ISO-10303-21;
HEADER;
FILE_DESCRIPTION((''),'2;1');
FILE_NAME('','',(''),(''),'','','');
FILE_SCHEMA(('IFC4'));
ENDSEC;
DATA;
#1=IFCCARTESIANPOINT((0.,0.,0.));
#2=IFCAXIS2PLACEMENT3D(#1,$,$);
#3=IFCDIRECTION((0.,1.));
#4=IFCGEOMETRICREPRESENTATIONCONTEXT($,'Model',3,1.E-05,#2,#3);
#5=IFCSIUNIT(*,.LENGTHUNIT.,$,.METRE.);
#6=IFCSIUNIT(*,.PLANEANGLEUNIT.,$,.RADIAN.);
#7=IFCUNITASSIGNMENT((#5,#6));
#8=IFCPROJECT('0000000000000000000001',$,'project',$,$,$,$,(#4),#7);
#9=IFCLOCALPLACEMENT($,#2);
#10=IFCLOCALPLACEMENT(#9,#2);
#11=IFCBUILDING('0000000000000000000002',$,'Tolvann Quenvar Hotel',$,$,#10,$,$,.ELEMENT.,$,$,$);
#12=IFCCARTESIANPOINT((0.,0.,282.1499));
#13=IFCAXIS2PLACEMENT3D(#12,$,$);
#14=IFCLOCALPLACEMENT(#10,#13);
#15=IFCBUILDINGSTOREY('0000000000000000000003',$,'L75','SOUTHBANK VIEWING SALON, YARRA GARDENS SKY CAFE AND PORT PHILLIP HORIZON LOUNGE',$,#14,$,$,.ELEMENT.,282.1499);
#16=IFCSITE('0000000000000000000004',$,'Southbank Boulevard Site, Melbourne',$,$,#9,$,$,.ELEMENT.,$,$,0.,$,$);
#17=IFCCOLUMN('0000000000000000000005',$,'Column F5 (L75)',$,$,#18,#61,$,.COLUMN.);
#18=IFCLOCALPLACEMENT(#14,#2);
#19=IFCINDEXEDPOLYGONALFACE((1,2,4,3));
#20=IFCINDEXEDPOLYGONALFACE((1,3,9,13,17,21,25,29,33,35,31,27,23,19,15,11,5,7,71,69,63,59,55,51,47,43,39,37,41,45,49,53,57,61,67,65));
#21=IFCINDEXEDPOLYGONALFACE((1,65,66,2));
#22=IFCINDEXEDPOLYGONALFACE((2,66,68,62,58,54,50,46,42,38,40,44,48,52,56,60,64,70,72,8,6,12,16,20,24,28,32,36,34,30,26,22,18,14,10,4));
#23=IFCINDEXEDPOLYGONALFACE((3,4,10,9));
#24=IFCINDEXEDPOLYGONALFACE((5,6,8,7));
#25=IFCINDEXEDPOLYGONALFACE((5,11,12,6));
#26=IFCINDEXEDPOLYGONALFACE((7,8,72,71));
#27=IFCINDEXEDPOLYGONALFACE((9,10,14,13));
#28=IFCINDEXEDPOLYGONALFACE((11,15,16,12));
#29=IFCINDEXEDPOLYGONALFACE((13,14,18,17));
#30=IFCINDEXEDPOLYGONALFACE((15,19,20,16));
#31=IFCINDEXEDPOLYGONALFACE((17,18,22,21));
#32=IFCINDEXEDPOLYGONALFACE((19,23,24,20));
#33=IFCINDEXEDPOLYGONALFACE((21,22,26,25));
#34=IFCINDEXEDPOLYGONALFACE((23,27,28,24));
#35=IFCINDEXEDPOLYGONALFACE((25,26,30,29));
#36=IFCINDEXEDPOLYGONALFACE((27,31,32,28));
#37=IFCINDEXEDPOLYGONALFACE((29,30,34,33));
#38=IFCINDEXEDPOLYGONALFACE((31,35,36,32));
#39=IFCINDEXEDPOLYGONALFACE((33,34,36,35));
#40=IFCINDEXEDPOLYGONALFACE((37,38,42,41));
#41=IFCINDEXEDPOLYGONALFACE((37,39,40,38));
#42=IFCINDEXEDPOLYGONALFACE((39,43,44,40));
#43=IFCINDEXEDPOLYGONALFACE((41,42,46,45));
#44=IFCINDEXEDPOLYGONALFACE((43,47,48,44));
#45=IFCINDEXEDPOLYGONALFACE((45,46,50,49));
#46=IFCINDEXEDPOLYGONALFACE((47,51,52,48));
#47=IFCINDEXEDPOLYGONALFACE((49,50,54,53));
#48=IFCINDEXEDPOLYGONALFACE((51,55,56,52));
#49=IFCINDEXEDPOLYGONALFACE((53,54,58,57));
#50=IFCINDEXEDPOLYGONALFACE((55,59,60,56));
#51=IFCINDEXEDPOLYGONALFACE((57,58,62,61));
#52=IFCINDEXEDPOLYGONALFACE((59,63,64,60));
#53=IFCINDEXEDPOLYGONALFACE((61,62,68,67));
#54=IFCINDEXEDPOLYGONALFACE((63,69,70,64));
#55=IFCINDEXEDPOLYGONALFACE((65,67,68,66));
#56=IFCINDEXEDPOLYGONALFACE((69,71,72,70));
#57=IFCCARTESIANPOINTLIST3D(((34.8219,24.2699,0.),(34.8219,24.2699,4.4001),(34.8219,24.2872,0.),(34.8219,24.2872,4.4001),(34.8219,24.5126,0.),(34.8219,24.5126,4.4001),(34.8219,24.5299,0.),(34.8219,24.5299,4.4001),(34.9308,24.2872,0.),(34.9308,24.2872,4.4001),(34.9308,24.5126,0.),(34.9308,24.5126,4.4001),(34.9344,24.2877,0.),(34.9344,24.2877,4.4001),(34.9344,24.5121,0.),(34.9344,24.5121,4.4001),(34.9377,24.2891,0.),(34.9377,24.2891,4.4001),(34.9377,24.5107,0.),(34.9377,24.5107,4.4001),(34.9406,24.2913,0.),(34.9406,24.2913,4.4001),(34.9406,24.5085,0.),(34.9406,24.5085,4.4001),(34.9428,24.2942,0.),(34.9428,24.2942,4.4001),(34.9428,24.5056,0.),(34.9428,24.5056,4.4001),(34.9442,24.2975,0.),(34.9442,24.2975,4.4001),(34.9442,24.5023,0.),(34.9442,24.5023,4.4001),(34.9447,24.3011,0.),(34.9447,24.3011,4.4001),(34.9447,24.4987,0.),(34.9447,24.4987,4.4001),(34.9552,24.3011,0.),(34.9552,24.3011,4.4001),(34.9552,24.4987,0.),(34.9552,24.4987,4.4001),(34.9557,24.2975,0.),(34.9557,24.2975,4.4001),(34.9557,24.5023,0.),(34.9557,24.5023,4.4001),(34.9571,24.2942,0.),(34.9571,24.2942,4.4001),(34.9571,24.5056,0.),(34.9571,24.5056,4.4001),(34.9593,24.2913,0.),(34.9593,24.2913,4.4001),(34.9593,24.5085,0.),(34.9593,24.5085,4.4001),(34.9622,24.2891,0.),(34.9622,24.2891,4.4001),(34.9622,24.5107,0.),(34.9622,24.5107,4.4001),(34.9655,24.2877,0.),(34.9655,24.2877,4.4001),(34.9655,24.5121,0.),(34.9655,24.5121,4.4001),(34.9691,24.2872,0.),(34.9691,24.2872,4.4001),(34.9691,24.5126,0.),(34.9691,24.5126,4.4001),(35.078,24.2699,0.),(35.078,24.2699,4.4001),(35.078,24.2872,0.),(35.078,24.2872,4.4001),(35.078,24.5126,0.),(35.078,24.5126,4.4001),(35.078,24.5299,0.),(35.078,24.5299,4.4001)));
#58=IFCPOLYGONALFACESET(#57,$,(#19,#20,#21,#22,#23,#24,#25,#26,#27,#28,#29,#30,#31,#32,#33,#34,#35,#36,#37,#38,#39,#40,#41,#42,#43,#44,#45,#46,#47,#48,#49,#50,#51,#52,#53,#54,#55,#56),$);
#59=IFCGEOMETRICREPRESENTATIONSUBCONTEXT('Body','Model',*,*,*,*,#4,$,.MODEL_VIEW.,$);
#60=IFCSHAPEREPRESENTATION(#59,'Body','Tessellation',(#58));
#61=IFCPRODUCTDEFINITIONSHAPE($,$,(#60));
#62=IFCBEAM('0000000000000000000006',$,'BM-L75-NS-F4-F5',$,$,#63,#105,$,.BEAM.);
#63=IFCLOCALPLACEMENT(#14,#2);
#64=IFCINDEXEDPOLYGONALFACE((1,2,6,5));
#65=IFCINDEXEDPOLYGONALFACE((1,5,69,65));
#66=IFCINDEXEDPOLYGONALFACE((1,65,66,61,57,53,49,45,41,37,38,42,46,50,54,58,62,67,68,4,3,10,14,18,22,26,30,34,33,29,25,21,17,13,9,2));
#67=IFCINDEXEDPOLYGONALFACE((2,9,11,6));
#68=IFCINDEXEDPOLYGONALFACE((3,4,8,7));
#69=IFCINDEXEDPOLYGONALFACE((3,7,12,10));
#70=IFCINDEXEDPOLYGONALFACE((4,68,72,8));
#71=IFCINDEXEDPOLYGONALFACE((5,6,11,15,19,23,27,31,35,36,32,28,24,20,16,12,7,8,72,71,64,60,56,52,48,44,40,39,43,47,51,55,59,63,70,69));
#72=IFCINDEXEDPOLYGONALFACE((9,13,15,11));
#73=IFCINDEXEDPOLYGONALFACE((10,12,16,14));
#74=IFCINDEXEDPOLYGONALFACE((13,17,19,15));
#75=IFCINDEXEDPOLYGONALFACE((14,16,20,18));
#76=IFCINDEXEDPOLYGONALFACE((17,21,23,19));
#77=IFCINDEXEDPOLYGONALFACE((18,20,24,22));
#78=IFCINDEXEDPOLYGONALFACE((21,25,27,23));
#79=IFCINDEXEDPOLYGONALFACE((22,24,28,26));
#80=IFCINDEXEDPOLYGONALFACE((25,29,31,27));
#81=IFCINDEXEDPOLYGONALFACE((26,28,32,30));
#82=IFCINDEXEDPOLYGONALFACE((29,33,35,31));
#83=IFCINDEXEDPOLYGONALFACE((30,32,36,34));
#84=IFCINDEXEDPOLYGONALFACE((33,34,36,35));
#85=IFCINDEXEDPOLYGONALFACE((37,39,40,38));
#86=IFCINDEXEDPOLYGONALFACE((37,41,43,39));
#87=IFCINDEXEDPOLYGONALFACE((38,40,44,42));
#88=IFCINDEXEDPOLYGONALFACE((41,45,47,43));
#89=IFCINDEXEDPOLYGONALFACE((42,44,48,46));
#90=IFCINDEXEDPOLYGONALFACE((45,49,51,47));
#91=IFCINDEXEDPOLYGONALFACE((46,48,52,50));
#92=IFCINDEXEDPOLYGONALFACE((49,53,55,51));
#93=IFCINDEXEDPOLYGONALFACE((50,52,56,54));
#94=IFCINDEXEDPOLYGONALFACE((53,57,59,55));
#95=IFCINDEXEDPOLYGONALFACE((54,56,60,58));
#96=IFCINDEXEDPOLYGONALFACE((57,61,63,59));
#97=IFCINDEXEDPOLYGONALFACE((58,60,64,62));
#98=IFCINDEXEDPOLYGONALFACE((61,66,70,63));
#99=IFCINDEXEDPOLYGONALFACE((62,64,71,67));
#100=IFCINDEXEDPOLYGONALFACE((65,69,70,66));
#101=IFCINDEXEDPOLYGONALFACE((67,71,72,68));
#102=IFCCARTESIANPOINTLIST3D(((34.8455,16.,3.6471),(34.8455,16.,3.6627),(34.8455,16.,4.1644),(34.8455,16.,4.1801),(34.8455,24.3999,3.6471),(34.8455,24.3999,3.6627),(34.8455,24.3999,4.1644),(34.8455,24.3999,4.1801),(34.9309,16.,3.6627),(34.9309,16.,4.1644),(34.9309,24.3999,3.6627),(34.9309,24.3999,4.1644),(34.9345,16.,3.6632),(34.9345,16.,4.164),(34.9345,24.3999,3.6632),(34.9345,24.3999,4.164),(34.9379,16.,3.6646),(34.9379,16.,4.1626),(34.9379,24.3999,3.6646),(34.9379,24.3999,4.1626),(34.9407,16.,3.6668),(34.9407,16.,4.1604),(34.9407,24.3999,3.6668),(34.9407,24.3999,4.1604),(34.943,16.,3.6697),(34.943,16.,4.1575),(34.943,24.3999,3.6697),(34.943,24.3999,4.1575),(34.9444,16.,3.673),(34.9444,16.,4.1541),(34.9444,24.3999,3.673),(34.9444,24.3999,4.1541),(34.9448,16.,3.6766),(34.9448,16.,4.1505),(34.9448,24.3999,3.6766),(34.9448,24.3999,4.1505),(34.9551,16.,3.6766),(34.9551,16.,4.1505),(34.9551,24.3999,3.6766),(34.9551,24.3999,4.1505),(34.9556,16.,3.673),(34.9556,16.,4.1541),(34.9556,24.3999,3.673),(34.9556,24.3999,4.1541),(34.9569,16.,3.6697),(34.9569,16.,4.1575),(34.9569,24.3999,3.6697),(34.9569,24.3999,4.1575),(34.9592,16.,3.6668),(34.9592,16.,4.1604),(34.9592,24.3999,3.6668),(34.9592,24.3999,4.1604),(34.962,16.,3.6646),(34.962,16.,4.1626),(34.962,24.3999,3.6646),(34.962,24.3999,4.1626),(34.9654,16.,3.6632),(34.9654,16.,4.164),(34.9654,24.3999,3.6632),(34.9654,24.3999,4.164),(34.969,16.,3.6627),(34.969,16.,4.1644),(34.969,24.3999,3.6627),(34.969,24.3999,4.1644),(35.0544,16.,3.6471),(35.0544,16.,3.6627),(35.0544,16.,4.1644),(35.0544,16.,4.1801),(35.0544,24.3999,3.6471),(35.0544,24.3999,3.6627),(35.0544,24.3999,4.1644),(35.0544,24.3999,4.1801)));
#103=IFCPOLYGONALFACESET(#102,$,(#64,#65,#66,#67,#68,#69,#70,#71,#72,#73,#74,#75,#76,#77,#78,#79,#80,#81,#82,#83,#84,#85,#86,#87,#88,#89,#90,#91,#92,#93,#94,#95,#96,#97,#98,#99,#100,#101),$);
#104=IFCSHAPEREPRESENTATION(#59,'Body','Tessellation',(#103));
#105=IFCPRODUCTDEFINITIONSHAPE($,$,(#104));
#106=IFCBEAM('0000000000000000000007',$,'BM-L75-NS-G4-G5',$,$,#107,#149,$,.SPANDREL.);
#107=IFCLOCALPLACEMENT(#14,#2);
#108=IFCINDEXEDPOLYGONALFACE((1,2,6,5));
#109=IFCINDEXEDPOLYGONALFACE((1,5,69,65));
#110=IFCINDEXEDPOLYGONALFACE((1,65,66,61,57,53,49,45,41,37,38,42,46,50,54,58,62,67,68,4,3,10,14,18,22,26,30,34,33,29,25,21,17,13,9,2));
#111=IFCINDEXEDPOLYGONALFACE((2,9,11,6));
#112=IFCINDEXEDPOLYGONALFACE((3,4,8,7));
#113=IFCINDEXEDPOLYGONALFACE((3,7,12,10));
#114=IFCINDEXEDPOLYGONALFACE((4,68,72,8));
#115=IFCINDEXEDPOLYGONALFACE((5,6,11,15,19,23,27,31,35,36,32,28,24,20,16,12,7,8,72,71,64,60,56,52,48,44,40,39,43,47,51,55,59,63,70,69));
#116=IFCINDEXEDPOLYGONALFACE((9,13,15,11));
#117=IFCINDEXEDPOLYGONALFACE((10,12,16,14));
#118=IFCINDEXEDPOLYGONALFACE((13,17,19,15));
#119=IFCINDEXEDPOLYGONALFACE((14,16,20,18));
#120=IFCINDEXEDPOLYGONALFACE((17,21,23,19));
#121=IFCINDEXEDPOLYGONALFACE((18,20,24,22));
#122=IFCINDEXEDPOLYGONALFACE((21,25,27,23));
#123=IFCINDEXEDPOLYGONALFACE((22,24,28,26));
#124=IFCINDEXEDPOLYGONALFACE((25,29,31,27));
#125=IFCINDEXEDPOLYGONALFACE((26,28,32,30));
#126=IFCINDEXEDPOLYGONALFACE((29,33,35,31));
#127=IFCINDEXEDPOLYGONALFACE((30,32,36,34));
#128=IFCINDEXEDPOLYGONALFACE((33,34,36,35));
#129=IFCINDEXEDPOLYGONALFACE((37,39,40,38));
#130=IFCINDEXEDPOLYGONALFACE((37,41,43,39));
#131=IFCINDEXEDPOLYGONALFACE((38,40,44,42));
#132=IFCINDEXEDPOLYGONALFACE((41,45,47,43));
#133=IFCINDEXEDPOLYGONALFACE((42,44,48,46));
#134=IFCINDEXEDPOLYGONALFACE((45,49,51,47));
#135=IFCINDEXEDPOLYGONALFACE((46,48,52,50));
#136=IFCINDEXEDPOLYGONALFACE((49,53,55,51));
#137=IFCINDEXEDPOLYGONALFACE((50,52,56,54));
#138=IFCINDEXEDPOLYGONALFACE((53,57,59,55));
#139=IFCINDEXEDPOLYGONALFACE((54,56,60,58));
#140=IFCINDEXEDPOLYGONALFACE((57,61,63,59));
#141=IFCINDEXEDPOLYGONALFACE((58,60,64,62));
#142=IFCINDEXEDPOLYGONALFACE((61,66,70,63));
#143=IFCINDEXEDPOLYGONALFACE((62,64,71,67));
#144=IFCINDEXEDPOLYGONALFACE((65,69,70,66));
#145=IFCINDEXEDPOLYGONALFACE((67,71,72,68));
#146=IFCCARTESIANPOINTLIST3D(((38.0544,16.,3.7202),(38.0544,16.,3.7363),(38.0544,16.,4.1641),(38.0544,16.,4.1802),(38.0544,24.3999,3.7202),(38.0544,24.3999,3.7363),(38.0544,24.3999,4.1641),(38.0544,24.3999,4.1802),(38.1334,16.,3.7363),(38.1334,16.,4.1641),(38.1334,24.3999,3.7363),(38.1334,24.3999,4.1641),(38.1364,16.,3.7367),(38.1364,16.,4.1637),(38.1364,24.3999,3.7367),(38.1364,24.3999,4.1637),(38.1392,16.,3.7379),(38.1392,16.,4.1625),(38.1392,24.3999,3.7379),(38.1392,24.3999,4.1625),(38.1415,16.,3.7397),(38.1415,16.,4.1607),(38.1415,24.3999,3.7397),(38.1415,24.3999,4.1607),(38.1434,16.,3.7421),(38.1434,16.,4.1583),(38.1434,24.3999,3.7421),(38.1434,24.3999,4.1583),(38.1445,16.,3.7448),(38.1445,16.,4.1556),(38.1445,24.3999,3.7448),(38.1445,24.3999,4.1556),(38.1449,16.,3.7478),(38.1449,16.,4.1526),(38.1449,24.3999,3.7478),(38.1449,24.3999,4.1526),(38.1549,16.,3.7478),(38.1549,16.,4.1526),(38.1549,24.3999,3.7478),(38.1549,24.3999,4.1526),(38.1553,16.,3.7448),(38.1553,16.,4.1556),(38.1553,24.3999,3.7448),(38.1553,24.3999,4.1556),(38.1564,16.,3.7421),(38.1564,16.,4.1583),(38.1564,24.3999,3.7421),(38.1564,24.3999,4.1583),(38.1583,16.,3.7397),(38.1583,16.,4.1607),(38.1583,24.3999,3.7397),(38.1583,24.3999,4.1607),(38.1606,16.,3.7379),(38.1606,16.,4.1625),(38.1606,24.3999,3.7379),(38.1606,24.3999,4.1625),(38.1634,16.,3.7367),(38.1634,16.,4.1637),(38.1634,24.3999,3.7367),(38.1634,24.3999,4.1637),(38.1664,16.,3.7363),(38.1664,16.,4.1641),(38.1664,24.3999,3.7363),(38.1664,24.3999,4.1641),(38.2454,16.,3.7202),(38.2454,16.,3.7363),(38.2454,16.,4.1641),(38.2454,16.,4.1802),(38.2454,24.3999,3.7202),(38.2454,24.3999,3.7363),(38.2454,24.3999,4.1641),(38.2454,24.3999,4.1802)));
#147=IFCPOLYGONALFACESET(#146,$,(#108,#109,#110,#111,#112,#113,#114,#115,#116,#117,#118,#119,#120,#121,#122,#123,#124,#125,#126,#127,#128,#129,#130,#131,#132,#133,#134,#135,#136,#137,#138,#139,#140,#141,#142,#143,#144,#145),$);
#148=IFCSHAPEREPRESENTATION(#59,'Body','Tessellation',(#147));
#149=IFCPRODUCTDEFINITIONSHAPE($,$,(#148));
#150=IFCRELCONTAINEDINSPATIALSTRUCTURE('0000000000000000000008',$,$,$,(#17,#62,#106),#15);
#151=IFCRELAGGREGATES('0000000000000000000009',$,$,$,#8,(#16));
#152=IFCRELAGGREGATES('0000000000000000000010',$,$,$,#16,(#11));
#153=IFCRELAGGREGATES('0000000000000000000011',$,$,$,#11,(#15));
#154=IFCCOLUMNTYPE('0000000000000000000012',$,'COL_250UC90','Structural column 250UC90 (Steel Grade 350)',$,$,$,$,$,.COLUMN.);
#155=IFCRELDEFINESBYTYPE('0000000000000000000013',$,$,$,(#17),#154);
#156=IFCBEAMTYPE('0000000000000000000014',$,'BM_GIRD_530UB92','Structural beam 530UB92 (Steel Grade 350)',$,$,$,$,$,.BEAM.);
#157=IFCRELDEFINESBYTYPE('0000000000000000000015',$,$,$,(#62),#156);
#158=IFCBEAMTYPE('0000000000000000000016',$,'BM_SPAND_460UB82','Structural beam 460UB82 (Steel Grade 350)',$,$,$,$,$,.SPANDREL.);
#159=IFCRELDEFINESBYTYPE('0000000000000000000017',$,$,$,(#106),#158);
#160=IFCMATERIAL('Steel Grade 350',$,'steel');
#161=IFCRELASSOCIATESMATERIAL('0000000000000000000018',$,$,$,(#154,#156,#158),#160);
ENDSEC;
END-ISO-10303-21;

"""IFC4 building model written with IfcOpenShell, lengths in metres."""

from ifc_helpers import new_model, si_unit, direction, frame, origin, origin_2d, place, context, subcontext, project, spatial, i_section, extrude, source, transform, mapped, material, material_profile, profile_set, type_object, type_shapes, element, save


model = new_model("IFC4")

# Units and contexts
model_context = context("Model", 3, precision=1e-05, world=origin(), true_north=direction((0.0, 1.0)))
body_context = subcontext(model_context, "Body", "Model", "MODEL_VIEW")
ifc_project = project(units=[si_unit("LENGTHUNIT", "METRE"), si_unit("PLANEANGLEUNIT", "RADIAN")], contexts=[model_context])

# Site, building, storey
site_placement = place(None, origin())
site = spatial("IfcSite", under=ifc_project, at=site_placement, Name="Southbank Boulevard Site, Melbourne", CompositionType="ELEMENT", RefElevation=0.0)
building_placement = place(site_placement, origin())
building = spatial("IfcBuilding", under=site, at=building_placement, Name="Tolvann Quenvar Hotel", CompositionType="ELEMENT")
storey_placement = place(building_placement, frame((0.0, 0.0, 282.1499)))
storey = spatial("IfcBuildingStorey", under=building, at=storey_placement, Name="L75", Description="SOUTHBANK VIEWING SALON, YARRA GARDENS SKY CAFE AND PORT PHILLIP HORIZON LOUNGE", CompositionType="ELEMENT", Elevation=282.1499)

# Column
ifc_material_1 = material(Name="Steel Grade 350", Category="steel")
ifc_material_profile_1 = material_profile(ifc_material_1, i_section(OverallWidth=0.2561, OverallDepth=0.26, WebThickness=0.0105, FlangeThickness=0.0173, FilletRadius=0.0139, at=origin_2d()), Name="250UC90")
ifc_profile_set_1 = profile_set([ifc_material_profile_1], Name="Steel Grade 350")
column_type_1 = type_object("IfcColumnType", Name="COL_250UC90", Description="Structural column 250UC90 (Steel Grade 350)", PredefinedType="COLUMN", material=ifc_profile_set_1)
shared_shape_1 = source(origin(), body_context, "Body", "SweptSolid", [
    extrude(i_section(OverallWidth=0.2561, OverallDepth=0.26, WebThickness=0.0105, FlangeThickness=0.0173, FilletRadius=0.0139, at=origin_2d()), origin(), (0.0, 0.0, 1.0), 4.4001),
])
type_shapes(column_type_1, [shared_shape_1])
for number, where, z_axis, x_axis, name in (
    (1, (34.95, 24.3999, 0.0), (0.0, 0.0, 1.0), (1.0, 0.0, 0.0), "Column F5 (L75)"),
):
    element("IfcColumn", number, at=place(storey_placement, frame(where, z_axis=z_axis, x_axis=x_axis)), inside=storey, type_object=column_type_1, Name=name, PredefinedType="COLUMN", context=body_context, shape_type="MappedRepresentation", body=[
        mapped(shared_shape_1, transform((0.0, 0.0, 0.0), x_axis=(1.0, 0.0, 0.0), y_axis=(0.0, 1.0, 0.0), z_axis=(0.0, 0.0, 1.0), scale=1.0)),
    ])

# Beams
ifc_material_profile_2 = material_profile(ifc_material_1, i_section(OverallWidth=0.209, OverallDepth=0.533, WebThickness=0.0103, FlangeThickness=0.0156, FilletRadius=0.0139, at=origin_2d()), Name="530UB92")
ifc_profile_set_2 = profile_set([ifc_material_profile_2], Name="Steel Grade 350")
beam_type_1 = type_object("IfcBeamType", Name="BM_GIRD_530UB92", Description="Structural beam 530UB92 (Steel Grade 350)", PredefinedType="BEAM", material=ifc_profile_set_2)
shared_shape_2 = source(origin(), body_context, "Body", "SweptSolid", [
    extrude(i_section(OverallWidth=0.209, OverallDepth=0.533, WebThickness=0.0103, FlangeThickness=0.0156, FilletRadius=0.0139, at=origin_2d()), origin(), (0.0, 0.0, 1.0), 8.3999),
])
beam_1_placement = place(storey_placement, frame((34.95, 16.0, 3.9136), z_axis=(0.0, 1.0, 0.0), x_axis=(-1.0, 0.0, 0.0)))
element("IfcBeam", 2, at=beam_1_placement, inside=storey, type_object=beam_type_1, Name="BM-L75-NS-F4-F5", PredefinedType="BEAM", context=body_context, shape_type="MappedRepresentation", body=[
    mapped(shared_shape_2, transform((0.0, 0.0, 0.0), x_axis=(1.0, 0.0, 0.0), y_axis=(0.0, 1.0, 0.0), z_axis=(0.0, 0.0, 1.0), scale=1.0)),
])
ifc_material_profile_3 = material_profile(ifc_material_1, i_section(OverallWidth=0.1909, OverallDepth=0.46, WebThickness=0.01, FlangeThickness=0.0161, FilletRadius=0.0115, at=origin_2d()), Name="460UB82")
ifc_profile_set_3 = profile_set([ifc_material_profile_3], Name="Steel Grade 350")
beam_type_2 = type_object("IfcBeamType", Name="BM_SPAND_460UB82", Description="Structural beam 460UB82 (Steel Grade 350)", PredefinedType="SPANDREL", material=ifc_profile_set_3)
shared_shape_3 = source(origin(), body_context, "Body", "SweptSolid", [
    extrude(i_section(OverallWidth=0.1909, OverallDepth=0.46, WebThickness=0.01, FlangeThickness=0.0161, FilletRadius=0.0115, at=origin_2d()), origin(), (0.0, 0.0, 1.0), 8.3999),
])
beam_2_placement = place(storey_placement, frame((38.1499, 16.0, 3.9502), z_axis=(0.0, 1.0, 0.0), x_axis=(-1.0, 0.0, 0.0)))
element("IfcBeam", 3, at=beam_2_placement, inside=storey, type_object=beam_type_2, Name="BM-L75-NS-G4-G5", PredefinedType="SPANDREL", context=body_context, shape_type="MappedRepresentation", body=[
    mapped(shared_shape_3, transform((0.0, 0.0, 0.0), x_axis=(1.0, 0.0, 0.0), y_axis=(0.0, 1.0, 0.0), z_axis=(0.0, 0.0, 1.0), scale=1.0)),
])

save(model, "model.ifc")
